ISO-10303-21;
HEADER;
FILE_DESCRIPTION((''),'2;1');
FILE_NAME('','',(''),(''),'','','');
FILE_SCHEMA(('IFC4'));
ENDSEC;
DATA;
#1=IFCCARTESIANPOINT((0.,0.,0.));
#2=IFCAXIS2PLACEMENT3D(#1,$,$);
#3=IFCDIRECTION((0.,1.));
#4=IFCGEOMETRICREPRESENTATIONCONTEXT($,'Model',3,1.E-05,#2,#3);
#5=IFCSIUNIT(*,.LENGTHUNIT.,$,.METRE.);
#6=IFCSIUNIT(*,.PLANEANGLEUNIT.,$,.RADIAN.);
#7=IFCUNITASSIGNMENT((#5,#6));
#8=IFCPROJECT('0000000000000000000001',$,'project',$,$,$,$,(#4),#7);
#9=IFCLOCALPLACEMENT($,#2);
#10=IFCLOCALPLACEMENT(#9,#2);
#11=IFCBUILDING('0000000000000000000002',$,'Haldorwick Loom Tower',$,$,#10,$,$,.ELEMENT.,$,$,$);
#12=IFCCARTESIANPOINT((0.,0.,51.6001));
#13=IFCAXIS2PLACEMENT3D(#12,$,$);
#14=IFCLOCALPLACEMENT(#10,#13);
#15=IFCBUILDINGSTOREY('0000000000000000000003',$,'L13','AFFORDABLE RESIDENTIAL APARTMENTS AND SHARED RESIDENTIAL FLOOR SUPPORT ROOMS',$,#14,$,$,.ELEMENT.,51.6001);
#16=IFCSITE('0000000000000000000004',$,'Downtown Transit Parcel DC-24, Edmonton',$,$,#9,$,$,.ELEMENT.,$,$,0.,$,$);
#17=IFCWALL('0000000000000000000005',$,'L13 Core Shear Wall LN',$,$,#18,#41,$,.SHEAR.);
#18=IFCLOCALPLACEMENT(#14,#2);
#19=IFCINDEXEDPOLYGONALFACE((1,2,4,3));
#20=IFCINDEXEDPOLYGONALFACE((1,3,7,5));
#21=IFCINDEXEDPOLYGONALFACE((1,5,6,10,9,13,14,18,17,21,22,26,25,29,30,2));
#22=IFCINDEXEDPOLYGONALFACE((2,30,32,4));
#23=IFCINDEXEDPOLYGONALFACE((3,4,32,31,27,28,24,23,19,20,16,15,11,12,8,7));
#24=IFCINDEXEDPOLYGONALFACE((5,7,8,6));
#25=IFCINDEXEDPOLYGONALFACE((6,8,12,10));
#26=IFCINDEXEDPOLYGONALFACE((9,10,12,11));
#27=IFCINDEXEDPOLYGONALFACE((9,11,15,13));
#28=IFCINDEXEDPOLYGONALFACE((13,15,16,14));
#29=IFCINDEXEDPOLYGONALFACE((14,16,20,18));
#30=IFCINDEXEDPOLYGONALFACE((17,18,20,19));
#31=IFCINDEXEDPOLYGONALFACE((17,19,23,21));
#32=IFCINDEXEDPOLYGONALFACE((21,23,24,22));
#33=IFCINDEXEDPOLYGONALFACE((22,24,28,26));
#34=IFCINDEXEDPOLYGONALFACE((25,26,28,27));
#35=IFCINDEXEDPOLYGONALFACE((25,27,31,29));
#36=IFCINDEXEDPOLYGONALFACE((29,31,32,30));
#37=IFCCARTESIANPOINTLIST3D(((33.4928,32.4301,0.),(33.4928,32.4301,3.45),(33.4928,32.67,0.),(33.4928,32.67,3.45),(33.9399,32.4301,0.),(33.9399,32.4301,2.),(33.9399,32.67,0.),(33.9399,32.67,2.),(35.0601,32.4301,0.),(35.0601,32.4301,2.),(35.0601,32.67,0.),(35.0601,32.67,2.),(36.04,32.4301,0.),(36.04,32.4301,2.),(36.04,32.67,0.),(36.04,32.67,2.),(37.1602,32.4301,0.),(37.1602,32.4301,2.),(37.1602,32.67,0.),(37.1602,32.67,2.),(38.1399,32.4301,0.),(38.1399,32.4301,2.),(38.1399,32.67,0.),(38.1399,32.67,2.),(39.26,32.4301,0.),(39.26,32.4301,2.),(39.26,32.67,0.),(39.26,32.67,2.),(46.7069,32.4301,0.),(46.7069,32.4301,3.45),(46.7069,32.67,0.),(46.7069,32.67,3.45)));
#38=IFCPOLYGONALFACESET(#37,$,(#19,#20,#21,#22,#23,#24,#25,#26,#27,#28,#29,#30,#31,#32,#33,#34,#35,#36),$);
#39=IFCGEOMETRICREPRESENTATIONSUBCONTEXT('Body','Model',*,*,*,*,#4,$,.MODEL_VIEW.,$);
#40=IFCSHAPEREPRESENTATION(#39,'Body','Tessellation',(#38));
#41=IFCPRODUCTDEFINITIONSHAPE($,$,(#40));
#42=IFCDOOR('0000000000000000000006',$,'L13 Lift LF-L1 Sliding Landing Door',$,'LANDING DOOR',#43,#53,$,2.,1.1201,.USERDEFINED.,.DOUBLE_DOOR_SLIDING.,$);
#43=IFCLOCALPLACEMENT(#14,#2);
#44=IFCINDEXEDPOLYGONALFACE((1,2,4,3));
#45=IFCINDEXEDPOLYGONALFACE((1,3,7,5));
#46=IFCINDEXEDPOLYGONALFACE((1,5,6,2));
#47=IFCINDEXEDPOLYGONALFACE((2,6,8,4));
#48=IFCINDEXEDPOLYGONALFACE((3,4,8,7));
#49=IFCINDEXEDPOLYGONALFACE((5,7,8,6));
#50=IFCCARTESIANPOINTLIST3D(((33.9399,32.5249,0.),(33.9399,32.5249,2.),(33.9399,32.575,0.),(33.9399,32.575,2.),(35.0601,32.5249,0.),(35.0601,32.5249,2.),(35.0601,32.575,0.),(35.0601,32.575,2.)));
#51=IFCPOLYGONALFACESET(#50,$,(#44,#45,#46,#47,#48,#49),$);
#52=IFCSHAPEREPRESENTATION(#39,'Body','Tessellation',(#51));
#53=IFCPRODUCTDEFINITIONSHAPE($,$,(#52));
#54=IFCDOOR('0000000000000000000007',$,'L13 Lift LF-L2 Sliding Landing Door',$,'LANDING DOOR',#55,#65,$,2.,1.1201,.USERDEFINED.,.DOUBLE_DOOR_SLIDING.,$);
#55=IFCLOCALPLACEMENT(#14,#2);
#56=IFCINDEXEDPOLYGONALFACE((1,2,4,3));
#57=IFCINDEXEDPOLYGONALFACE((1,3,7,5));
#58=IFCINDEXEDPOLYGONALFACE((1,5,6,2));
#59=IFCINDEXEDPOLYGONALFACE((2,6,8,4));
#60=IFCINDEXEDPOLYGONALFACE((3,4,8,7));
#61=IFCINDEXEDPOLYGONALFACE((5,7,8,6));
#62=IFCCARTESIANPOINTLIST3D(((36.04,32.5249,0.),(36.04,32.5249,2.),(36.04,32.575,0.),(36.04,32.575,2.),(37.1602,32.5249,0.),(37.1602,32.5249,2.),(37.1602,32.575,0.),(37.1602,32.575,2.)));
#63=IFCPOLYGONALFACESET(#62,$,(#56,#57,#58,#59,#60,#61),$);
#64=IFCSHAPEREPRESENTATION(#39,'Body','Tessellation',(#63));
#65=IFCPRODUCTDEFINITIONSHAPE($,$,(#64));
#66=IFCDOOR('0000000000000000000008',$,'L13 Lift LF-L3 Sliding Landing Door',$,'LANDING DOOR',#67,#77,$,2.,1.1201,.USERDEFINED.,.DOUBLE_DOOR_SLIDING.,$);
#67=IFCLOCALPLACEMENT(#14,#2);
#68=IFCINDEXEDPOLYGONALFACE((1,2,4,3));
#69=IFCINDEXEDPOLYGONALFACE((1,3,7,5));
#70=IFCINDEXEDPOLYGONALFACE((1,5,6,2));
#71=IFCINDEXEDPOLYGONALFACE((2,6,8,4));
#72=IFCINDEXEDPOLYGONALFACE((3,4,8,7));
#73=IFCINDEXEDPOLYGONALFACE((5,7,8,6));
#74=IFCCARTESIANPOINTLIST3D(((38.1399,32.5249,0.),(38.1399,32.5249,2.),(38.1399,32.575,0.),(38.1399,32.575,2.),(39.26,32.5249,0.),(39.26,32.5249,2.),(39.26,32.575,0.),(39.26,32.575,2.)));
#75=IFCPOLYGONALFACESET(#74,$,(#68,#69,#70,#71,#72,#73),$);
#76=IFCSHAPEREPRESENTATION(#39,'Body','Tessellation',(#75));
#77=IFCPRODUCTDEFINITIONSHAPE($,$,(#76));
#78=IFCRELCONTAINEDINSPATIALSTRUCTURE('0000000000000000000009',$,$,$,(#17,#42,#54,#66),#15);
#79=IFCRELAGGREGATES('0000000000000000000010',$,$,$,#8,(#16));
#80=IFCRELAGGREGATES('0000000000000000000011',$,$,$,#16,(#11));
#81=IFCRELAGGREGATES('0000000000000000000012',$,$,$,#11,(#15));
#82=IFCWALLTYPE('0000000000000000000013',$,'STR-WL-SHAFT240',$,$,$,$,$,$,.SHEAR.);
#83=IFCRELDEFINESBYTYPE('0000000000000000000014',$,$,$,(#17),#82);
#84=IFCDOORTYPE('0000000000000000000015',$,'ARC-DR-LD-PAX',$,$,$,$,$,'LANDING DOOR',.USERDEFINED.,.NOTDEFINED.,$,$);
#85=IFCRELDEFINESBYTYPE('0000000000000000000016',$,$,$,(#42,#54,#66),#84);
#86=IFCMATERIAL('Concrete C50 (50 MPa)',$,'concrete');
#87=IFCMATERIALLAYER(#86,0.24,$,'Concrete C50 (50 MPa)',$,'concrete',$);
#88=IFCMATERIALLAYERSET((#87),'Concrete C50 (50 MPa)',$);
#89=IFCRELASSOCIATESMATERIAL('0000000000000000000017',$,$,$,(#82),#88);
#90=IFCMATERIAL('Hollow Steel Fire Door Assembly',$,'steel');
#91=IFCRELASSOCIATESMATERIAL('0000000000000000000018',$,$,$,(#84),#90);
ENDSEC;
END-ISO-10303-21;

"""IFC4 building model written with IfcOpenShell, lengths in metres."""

from ifc_helpers import new_model, si_unit, direction, frame, frame_2d, origin, place, context, subcontext, project, spatial, rectangle, extrude, material, layer, layer_set, type_object, element, fill, save


model = new_model("IFC4")

# Units and contexts
model_context = context("Model", 3, precision=1e-05, world=origin(), true_north=direction((0.0, 1.0)))
body_context = subcontext(model_context, "Body", "Model", "MODEL_VIEW")
ifc_project = project(units=[si_unit("LENGTHUNIT", "METRE"), si_unit("PLANEANGLEUNIT", "RADIAN")], contexts=[model_context])

# Site, building, storey
site_placement = place(None, origin())
site = spatial("IfcSite", under=ifc_project, at=site_placement, Name="Downtown Transit Parcel DC-24, Edmonton", CompositionType="ELEMENT", RefElevation=0.0)
building_placement = place(site_placement, origin())
building = spatial("IfcBuilding", under=site, at=building_placement, Name="Haldorwick Loom Tower", CompositionType="ELEMENT")
storey_placement = place(building_placement, frame((0.0, 0.0, 51.6001)))
storey = spatial("IfcBuildingStorey", under=building, at=storey_placement, Name="L13", Description="AFFORDABLE RESIDENTIAL APARTMENTS AND SHARED RESIDENTIAL FLOOR SUPPORT ROOMS", CompositionType="ELEMENT", Elevation=51.6001)

# Shared definitions
ifc_material_1 = material(Name="Concrete C50 (50 MPa)", Category="concrete")
ifc_layer_1 = layer(ifc_material_1, 0.24, Name="Concrete C50 (50 MPa)", Category="concrete")
ifc_layer_set_1 = layer_set([ifc_layer_1], Name="Concrete C50 (50 MPa)")
wall_type_1 = type_object("IfcWallType", Name="STR-WL-SHAFT240", PredefinedType="SHEAR", material=ifc_layer_set_1)

# Wall, openings, doors
wall_1_placement = place(storey_placement, frame((33.4929, 32.55, 0.0), z_axis=(0.0, 0.0, 1.0), x_axis=(1.0, 0.0, 0.0)))
wall_1 = element("IfcWall", 1, at=wall_1_placement, inside=storey, type_object=wall_type_1, Name="L13 Core Shear Wall LN", PredefinedType="SHEAR", context=body_context, shape_type="SweptSolid", body=[
    extrude(rectangle(XDim=13.2141, YDim=0.24, at=frame_2d((6.6069, 0.0))), origin(), (0.0, 0.0, 1.0), 3.45),
])
opening_1_placement = place(wall_1_placement, frame((0.447, 0.0, 0.0)))
opening_1 = element("IfcOpeningElement", 2, at=opening_1_placement, cuts=wall_1, PredefinedType="OPENING", context=body_context, shape_type="SweptSolid", body=[
    extrude(rectangle(XDim=1.1201, YDim=2.0, at=frame_2d((0.5601, 1.0))), frame((0.0, 0.1299, 0.0), z_axis=(0.0, -1.0, 0.0), x_axis=(1.0, 0.0, 0.0)), (0.0, 0.0, 1.0), 0.26),
])
opening_2_placement = place(wall_1_placement, frame((2.5471, 0.0, 0.0)))
opening_2 = element("IfcOpeningElement", 3, at=opening_2_placement, cuts=wall_1, PredefinedType="OPENING", context=body_context, shape_type="SweptSolid", body=[
    extrude(rectangle(XDim=1.1201, YDim=2.0, at=frame_2d((0.5601, 1.0))), frame((0.0, 0.1299, 0.0), z_axis=(0.0, -1.0, 0.0), x_axis=(1.0, 0.0, 0.0)), (0.0, 0.0, 1.0), 0.26),
])
opening_3_placement = place(wall_1_placement, frame((4.647, 0.0, 0.0)))
opening_3 = element("IfcOpeningElement", 4, at=opening_3_placement, cuts=wall_1, PredefinedType="OPENING", context=body_context, shape_type="SweptSolid", body=[
    extrude(rectangle(XDim=1.1201, YDim=2.0, at=frame_2d((0.5601, 1.0))), frame((0.0, 0.1299, 0.0), z_axis=(0.0, -1.0, 0.0), x_axis=(1.0, 0.0, 0.0)), (0.0, 0.0, 1.0), 0.26),
])
ifc_material_2 = material(Name="Hollow Steel Fire Door Assembly", Category="steel")
door_type_1 = type_object("IfcDoorType", Name="ARC-DR-LD-PAX", ElementType="LANDING DOOR", OperationType="NOTDEFINED", PredefinedType="USERDEFINED", material=ifc_material_2)
door_1_placement = place(opening_1_placement, origin())
door_1 = element("IfcDoor", 5, at=door_1_placement, inside=storey, type_object=door_type_1, Name="L13 Lift LF-L1 Sliding Landing Door", ObjectType="LANDING DOOR", OperationType="DOUBLE_DOOR_SLIDING", OverallHeight=2.0, OverallWidth=1.1201, PredefinedType="USERDEFINED", context=body_context, shape_type="SweptSolid", body=[
    extrude(rectangle(XDim=1.1201, YDim=2.0, at=frame_2d((0.5601, 1.0))), frame((0.0, 0.0249, 0.0), z_axis=(0.0, -1.0, 0.0), x_axis=(1.0, 0.0, 0.0)), (0.0, 0.0, 1.0), 0.05),
])
fill(opening_1, door_1)
door_2_placement = place(opening_2_placement, origin())
door_2 = element("IfcDoor", 6, at=door_2_placement, inside=storey, type_object=door_type_1, Name="L13 Lift LF-L2 Sliding Landing Door", ObjectType="LANDING DOOR", OperationType="DOUBLE_DOOR_SLIDING", OverallHeight=2.0, OverallWidth=1.1201, PredefinedType="USERDEFINED", context=body_context, shape_type="SweptSolid", body=[
    extrude(rectangle(XDim=1.1201, YDim=2.0, at=frame_2d((0.5601, 1.0))), frame((0.0, 0.0249, 0.0), z_axis=(0.0, -1.0, 0.0), x_axis=(1.0, 0.0, 0.0)), (0.0, 0.0, 1.0), 0.05),
])
fill(opening_2, door_2)
door_3_placement = place(opening_3_placement, origin())
door_3 = element("IfcDoor", 7, at=door_3_placement, inside=storey, type_object=door_type_1, Name="L13 Lift LF-L3 Sliding Landing Door", ObjectType="LANDING DOOR", OperationType="DOUBLE_DOOR_SLIDING", OverallHeight=2.0, OverallWidth=1.1201, PredefinedType="USERDEFINED", context=body_context, shape_type="SweptSolid", body=[
    extrude(rectangle(XDim=1.1201, YDim=2.0, at=frame_2d((0.5601, 1.0))), frame((0.0, 0.0249, 0.0), z_axis=(0.0, -1.0, 0.0), x_axis=(1.0, 0.0, 0.0)), (0.0, 0.0, 1.0), 0.05),
])
fill(opening_3, door_3)

save(model, "model.ifc")
